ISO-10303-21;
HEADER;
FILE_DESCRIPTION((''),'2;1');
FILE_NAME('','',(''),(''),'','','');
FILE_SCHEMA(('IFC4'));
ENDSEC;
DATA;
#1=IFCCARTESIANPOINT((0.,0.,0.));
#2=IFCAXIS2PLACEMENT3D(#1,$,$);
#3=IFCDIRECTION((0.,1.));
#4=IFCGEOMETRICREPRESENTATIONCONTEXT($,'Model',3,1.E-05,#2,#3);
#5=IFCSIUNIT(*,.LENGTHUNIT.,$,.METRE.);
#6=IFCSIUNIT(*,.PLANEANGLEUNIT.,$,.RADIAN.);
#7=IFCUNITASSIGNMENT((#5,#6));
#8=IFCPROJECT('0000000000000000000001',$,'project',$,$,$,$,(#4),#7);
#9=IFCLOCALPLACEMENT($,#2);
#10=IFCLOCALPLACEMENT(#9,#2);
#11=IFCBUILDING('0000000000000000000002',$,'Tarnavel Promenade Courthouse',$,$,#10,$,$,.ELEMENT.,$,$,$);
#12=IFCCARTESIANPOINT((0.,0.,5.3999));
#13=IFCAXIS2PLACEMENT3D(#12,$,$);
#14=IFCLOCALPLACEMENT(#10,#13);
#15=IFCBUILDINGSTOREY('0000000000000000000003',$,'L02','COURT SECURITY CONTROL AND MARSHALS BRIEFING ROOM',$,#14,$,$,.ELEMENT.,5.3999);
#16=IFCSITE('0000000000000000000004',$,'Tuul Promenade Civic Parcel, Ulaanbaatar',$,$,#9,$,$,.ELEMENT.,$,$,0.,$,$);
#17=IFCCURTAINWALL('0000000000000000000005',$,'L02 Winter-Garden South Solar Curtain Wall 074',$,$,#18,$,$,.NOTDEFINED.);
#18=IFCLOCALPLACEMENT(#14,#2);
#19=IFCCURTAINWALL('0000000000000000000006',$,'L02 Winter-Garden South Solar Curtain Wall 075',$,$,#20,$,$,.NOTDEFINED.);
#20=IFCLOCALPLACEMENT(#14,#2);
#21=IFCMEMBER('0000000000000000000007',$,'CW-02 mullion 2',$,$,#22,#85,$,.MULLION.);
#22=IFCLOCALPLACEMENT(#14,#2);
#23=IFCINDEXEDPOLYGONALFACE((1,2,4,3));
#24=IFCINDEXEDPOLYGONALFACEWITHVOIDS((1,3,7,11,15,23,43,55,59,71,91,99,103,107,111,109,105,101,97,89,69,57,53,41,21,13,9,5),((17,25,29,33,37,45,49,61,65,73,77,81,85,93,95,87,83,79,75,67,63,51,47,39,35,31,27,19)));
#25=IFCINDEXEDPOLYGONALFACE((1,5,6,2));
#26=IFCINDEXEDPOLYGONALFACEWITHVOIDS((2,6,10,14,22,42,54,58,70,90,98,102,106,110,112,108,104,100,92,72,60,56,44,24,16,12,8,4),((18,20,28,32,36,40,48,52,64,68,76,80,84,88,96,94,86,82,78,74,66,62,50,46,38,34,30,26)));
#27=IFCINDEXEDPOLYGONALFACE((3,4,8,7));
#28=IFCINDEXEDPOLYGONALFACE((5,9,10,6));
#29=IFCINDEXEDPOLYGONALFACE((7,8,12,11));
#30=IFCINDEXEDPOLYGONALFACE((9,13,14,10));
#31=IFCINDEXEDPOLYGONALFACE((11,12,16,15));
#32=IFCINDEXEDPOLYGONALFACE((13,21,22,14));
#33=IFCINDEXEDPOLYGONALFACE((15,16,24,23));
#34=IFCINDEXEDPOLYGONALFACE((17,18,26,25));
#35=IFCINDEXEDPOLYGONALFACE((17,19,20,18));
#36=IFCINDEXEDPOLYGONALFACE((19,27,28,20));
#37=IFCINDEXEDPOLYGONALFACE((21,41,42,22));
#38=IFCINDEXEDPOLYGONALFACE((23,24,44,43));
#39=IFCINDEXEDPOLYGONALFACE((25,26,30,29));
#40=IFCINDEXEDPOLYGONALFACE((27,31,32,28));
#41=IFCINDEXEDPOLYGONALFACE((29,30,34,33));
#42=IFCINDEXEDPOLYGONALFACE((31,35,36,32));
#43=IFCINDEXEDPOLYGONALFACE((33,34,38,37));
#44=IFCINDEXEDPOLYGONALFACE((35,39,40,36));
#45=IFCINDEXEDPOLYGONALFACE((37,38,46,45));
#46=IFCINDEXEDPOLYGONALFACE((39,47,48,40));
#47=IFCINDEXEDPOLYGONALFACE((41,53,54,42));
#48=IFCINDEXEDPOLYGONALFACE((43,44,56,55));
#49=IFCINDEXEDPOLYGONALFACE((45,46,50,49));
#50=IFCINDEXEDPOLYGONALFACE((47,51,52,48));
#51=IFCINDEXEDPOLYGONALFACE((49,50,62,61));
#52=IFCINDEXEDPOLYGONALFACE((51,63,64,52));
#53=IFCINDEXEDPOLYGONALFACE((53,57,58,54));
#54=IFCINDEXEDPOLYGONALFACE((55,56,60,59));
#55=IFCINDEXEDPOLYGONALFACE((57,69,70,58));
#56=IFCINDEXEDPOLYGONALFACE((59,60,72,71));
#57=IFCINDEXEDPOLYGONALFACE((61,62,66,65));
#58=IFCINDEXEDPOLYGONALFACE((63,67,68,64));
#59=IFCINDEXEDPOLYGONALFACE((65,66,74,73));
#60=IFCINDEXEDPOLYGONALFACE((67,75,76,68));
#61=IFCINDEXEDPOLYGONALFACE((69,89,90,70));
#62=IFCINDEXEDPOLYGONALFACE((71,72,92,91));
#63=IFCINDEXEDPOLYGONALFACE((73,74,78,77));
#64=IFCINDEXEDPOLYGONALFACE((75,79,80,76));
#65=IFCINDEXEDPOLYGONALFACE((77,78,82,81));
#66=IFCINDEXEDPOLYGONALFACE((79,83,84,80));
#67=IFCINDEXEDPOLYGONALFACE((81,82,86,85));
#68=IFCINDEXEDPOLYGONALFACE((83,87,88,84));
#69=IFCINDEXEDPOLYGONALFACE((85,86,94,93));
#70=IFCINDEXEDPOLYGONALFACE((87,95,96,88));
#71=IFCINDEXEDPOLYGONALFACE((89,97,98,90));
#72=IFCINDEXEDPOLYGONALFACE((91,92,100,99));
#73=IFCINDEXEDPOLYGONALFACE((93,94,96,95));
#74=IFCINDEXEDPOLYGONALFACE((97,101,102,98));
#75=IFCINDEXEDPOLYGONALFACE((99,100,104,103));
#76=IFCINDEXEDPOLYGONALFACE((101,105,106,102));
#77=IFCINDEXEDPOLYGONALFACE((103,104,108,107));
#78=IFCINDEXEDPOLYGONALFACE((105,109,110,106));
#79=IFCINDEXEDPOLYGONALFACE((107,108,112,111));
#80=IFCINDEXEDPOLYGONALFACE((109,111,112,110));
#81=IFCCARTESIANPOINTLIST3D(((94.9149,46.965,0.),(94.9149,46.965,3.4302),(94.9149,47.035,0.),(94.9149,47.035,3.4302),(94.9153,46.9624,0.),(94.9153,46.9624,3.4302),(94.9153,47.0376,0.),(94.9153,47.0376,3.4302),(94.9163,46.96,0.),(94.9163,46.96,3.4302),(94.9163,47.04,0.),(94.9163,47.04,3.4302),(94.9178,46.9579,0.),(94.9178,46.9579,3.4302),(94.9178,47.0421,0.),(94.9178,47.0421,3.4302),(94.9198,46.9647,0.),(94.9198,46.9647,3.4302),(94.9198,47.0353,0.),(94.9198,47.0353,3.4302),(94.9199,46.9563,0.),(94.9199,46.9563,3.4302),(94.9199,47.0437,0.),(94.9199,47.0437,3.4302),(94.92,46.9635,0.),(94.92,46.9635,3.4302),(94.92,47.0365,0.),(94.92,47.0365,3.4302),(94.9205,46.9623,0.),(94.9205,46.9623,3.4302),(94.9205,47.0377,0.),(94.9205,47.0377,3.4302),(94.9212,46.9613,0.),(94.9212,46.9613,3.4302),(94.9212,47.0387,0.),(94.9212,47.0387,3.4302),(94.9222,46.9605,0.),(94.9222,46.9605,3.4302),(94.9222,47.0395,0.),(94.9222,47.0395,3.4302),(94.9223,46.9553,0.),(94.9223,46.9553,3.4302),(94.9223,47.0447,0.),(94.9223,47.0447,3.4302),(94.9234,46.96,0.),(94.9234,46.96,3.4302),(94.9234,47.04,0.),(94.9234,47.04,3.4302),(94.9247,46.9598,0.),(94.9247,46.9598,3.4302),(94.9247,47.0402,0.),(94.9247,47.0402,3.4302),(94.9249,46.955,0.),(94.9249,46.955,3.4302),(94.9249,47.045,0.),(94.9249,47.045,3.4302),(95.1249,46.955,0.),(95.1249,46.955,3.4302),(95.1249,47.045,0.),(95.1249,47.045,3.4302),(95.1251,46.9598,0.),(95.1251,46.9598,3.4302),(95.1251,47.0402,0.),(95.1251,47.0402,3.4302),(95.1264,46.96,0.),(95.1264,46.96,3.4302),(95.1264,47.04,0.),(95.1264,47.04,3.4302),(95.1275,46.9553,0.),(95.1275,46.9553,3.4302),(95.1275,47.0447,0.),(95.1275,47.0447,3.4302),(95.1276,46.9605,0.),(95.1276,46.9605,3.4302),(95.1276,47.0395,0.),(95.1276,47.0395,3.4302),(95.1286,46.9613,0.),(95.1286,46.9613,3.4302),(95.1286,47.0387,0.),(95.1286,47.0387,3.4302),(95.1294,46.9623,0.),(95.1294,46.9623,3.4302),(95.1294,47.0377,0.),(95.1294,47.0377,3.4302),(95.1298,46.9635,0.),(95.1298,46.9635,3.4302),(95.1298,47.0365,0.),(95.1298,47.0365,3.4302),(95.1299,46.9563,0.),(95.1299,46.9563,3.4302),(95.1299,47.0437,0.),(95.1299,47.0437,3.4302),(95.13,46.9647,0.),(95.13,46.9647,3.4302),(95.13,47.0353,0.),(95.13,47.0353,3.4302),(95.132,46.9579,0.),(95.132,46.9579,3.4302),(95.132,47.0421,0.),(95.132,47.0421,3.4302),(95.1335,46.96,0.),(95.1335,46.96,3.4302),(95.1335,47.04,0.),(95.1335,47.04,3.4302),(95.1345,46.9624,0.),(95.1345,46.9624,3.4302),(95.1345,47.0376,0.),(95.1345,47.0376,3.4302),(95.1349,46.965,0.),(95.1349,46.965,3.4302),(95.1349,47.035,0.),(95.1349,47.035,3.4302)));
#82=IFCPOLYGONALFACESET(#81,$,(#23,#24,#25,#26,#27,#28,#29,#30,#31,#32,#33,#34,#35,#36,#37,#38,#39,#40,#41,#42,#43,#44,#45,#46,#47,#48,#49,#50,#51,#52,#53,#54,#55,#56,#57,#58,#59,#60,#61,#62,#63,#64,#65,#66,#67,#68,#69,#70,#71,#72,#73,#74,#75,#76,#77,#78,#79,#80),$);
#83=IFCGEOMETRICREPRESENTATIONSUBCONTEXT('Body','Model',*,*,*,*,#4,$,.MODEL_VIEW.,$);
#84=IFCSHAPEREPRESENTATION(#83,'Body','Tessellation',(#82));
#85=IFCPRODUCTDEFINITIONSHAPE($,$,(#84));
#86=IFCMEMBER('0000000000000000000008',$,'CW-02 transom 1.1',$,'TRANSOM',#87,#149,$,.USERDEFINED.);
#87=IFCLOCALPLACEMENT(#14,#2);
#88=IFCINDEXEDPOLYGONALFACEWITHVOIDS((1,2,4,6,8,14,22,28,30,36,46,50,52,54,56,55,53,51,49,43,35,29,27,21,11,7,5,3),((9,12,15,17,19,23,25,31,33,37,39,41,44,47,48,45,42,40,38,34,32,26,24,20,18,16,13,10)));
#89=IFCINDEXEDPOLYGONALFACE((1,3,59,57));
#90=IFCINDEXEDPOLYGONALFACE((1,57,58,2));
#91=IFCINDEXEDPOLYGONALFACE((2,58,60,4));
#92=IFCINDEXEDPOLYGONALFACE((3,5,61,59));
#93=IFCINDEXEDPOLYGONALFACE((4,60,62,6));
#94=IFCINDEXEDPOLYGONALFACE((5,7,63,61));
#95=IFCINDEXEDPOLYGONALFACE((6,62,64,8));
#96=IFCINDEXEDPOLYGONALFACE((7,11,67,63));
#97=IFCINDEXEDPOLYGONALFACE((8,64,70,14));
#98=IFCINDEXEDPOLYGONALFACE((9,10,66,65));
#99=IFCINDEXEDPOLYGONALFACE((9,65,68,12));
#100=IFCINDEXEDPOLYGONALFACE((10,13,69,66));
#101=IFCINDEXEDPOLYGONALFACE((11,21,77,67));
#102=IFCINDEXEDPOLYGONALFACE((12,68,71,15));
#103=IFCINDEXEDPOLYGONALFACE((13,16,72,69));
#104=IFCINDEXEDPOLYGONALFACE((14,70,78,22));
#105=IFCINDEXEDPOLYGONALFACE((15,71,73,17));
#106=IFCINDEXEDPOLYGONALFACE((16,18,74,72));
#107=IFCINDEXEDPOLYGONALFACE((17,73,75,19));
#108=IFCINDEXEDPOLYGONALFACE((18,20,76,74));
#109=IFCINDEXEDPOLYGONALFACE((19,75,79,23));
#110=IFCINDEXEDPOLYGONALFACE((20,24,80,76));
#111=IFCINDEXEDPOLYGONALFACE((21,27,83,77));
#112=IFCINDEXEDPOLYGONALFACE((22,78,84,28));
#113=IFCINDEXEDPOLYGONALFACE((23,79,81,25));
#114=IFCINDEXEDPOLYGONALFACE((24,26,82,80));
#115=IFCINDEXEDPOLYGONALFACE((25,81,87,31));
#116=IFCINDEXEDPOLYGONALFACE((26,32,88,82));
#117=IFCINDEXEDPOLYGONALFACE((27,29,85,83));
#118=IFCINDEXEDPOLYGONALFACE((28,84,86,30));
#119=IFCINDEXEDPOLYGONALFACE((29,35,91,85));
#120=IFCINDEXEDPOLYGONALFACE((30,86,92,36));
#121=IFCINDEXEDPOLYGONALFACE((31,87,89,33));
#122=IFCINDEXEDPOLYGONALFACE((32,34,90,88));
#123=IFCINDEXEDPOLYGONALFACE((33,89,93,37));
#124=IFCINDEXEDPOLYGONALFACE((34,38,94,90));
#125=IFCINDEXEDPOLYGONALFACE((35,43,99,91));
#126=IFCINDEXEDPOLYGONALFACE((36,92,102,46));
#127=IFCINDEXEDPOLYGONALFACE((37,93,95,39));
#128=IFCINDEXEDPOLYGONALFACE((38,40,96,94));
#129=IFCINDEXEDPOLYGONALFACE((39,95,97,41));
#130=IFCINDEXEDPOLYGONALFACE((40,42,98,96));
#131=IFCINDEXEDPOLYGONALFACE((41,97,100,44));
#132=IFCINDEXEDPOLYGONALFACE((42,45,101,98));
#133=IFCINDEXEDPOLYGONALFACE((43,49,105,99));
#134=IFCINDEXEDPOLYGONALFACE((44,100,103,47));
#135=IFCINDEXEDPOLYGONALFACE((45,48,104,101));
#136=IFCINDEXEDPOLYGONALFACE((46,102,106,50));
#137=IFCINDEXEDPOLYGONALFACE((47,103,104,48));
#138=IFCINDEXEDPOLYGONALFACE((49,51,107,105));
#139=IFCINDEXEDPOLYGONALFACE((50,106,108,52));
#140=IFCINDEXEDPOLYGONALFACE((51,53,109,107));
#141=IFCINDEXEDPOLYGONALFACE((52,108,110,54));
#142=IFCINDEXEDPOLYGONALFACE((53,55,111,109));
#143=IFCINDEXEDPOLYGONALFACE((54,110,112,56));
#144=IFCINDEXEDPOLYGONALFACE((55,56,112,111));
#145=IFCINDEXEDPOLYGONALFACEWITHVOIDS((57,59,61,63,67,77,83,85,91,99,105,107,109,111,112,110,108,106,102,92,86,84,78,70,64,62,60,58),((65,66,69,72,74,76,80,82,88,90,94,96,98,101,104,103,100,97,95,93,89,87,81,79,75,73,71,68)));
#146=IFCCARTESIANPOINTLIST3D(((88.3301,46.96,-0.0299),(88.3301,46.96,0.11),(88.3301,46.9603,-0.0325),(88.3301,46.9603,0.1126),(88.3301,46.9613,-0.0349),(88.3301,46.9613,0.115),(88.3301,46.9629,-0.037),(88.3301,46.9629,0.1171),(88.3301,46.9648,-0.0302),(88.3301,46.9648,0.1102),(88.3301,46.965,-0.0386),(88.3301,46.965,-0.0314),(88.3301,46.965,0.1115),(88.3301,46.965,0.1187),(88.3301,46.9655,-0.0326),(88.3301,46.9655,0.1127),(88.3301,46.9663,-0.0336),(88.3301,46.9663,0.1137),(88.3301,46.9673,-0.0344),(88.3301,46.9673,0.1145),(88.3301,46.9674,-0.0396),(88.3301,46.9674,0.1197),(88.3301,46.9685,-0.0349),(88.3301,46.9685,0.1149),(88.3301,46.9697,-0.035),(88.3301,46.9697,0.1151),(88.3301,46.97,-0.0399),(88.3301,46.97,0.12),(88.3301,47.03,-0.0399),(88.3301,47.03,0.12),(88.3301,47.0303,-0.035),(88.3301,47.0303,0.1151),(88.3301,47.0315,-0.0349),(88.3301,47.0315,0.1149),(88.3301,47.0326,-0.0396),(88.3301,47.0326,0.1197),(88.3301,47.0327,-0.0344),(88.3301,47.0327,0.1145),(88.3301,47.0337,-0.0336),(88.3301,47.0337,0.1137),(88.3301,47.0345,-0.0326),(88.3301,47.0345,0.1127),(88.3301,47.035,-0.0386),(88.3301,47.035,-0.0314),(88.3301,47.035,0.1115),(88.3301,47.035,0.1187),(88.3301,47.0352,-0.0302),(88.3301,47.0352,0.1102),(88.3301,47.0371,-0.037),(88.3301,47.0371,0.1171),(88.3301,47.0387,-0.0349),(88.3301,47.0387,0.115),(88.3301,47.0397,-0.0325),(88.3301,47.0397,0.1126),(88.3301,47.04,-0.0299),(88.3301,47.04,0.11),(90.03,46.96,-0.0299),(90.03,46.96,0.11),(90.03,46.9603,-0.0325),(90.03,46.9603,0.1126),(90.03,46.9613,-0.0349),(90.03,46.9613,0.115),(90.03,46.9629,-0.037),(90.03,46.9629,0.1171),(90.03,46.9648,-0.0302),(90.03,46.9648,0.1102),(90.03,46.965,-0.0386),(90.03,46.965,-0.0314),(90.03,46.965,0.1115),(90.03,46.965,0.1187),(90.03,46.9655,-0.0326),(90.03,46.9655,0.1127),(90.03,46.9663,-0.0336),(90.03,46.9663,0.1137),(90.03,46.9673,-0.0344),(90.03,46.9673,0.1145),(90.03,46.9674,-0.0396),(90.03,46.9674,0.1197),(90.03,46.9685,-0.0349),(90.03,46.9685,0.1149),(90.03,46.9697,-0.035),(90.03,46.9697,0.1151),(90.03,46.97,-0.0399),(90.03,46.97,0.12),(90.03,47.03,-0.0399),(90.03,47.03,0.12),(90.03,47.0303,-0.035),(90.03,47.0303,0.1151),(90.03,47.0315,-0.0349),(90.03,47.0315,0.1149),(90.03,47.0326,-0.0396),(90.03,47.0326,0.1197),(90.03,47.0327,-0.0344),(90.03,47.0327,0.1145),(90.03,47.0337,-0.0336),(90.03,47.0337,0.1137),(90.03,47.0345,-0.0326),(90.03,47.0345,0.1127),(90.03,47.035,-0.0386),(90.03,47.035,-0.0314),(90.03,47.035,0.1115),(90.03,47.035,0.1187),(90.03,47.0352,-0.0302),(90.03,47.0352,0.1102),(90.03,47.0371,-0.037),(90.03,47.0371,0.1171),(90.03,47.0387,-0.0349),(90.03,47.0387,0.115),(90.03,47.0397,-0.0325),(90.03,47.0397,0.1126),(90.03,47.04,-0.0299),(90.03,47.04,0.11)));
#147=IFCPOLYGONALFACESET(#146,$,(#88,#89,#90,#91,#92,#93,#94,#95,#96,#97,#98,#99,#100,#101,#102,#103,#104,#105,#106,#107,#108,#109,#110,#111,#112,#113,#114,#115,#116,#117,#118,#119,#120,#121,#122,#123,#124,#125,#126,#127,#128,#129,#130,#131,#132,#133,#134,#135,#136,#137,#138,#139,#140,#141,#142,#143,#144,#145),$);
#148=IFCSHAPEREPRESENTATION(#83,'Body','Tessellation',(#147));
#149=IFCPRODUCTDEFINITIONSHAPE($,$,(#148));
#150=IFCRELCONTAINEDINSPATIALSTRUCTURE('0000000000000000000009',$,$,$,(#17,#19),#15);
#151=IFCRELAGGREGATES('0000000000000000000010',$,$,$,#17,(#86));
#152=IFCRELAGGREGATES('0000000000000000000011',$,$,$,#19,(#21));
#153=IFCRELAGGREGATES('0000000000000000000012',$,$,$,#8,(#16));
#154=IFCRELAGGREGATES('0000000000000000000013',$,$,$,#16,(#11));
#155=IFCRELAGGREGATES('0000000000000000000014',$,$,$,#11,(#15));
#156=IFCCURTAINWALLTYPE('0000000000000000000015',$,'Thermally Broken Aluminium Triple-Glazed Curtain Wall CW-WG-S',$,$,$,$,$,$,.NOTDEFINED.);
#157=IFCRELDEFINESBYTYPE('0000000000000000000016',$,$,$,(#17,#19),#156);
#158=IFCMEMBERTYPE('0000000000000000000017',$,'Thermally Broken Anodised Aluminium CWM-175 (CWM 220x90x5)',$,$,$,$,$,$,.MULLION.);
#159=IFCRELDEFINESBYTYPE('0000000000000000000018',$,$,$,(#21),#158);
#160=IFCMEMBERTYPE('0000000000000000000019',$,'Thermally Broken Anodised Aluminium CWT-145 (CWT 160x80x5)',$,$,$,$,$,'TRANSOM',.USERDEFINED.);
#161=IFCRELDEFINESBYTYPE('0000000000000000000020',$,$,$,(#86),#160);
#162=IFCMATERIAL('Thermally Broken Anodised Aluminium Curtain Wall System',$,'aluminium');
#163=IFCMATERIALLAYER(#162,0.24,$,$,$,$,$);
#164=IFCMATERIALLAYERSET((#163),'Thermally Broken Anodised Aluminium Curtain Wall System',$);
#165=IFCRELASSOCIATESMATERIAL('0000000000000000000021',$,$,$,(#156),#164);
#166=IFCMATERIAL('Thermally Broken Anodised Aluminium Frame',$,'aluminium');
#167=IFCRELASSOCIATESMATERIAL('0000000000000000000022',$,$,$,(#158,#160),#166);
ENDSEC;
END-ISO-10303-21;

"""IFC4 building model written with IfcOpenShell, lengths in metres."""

from ifc_helpers import new_model, si_unit, direction, frame, origin, origin_2d, place, context, subcontext, project, spatial, hollow_rectangle, extrude, material, layer, layer_set, material_profile, profile_set, type_object, element, aggregate, save


model = new_model("IFC4")

# Units and contexts
model_context = context("Model", 3, precision=1e-05, world=origin(), true_north=direction((0.0, 1.0)))
body_context = subcontext(model_context, "Body", "Model", "MODEL_VIEW")
ifc_project = project(units=[si_unit("LENGTHUNIT", "METRE"), si_unit("PLANEANGLEUNIT", "RADIAN")], contexts=[model_context])

# Site, building, storey
site_placement = place(None, origin())
site = spatial("IfcSite", under=ifc_project, at=site_placement, Name="Tuul Promenade Civic Parcel, Ulaanbaatar", CompositionType="ELEMENT", RefElevation=0.0)
building_placement = place(site_placement, origin())
building = spatial("IfcBuilding", under=site, at=building_placement, Name="Tarnavel Promenade Courthouse", CompositionType="ELEMENT")
storey_placement = place(building_placement, frame((0.0, 0.0, 5.3999)))
storey = spatial("IfcBuildingStorey", under=building, at=storey_placement, Name="L02", Description="COURT SECURITY CONTROL AND MARSHALS BRIEFING ROOM", CompositionType="ELEMENT", Elevation=5.3999)

# Shared definitions
ifc_material_1 = material(Name="Thermally Broken Anodised Aluminium Curtain Wall System", Category="aluminium")
ifc_layer_1 = layer(ifc_material_1, 0.24)
ifc_layer_set_1 = layer_set([ifc_layer_1], Name="Thermally Broken Anodised Aluminium Curtain Wall System")
curtain_wall_type = type_object("IfcCurtainWallType", Name="Thermally Broken Aluminium Triple-Glazed Curtain Wall CW-WG-S", PredefinedType="NOTDEFINED", material=ifc_layer_set_1)
ifc_material_2 = material(Name="Thermally Broken Anodised Aluminium Frame", Category="aluminium")
ifc_material_profile_1 = material_profile(ifc_material_2, hollow_rectangle(XDim=0.0901, YDim=0.22, WallThickness=0.0049, InnerFilletRadius=0.0049, OuterFilletRadius=0.01, at=origin_2d()), Name="CWM 220x90x5")
ifc_profile_set_1 = profile_set([ifc_material_profile_1], Name="Thermally Broken Anodised Aluminium Frame")
member_type_1 = type_object("IfcMemberType", Name="Thermally Broken Anodised Aluminium CWM-175 (CWM 220x90x5)", PredefinedType="MULLION", material=ifc_profile_set_1)

# Curtain walls, member
curtain_wall_1_placement = place(storey_placement, origin())
curtain_wall_1 = element("IfcCurtainWall", 1, at=curtain_wall_1_placement, inside=storey, type_object=curtain_wall_type, Name="L02 Winter-Garden South Solar Curtain Wall 074", PredefinedType="NOTDEFINED")
curtain_wall_2_placement = place(storey_placement, origin())
curtain_wall_2 = element("IfcCurtainWall", 2, at=curtain_wall_2_placement, inside=storey, type_object=curtain_wall_type, Name="L02 Winter-Garden South Solar Curtain Wall 075", PredefinedType="NOTDEFINED")
member_1_placement = place(storey_placement, frame((95.0249, 47.0, 0.0), z_axis=(0.0, 0.0, 1.0), x_axis=(0.0, 1.0, 0.0)))
member_1 = element("IfcMember", 3, at=member_1_placement, type_object=member_type_1, Name="CW-02 mullion 2", PredefinedType="MULLION", context=body_context, shape_type="SweptSolid", body=[
    extrude(hollow_rectangle(XDim=0.0901, YDim=0.22, WallThickness=0.0049, InnerFilletRadius=0.0049, OuterFilletRadius=0.01, at=origin_2d()), origin(), (0.0, 0.0, 1.0), 3.4302),
])

# Member
ifc_material_profile_2 = material_profile(ifc_material_2, hollow_rectangle(XDim=0.0801, YDim=0.1599, WallThickness=0.0049, InnerFilletRadius=0.0049, OuterFilletRadius=0.01, at=origin_2d()), Name="CWT 160x80x5")
ifc_profile_set_2 = profile_set([ifc_material_profile_2], Name="Thermally Broken Anodised Aluminium Frame")
member_type_2 = type_object("IfcMemberType", Name="Thermally Broken Anodised Aluminium CWT-145 (CWT 160x80x5)", ElementType="TRANSOM", PredefinedType="USERDEFINED", material=ifc_profile_set_2)
member_2_placement = place(storey_placement, frame((88.3301, 47.0, 0.04), z_axis=(1.0, 0.0, 0.0), x_axis=(0.0, 1.0, 0.0)))
member_2 = element("IfcMember", 4, at=member_2_placement, type_object=member_type_2, Name="CW-02 transom 1.1", ObjectType="TRANSOM", PredefinedType="USERDEFINED", context=body_context, shape_type="SweptSolid", body=[
    extrude(hollow_rectangle(XDim=0.0801, YDim=0.1599, WallThickness=0.0049, InnerFilletRadius=0.0049, OuterFilletRadius=0.01, at=origin_2d()), origin(), (0.0, 0.0, 1.0), 1.7),
])

aggregate(curtain_wall_1, [member_2])
aggregate(curtain_wall_2, [member_1])

save(model, "model.ifc")
